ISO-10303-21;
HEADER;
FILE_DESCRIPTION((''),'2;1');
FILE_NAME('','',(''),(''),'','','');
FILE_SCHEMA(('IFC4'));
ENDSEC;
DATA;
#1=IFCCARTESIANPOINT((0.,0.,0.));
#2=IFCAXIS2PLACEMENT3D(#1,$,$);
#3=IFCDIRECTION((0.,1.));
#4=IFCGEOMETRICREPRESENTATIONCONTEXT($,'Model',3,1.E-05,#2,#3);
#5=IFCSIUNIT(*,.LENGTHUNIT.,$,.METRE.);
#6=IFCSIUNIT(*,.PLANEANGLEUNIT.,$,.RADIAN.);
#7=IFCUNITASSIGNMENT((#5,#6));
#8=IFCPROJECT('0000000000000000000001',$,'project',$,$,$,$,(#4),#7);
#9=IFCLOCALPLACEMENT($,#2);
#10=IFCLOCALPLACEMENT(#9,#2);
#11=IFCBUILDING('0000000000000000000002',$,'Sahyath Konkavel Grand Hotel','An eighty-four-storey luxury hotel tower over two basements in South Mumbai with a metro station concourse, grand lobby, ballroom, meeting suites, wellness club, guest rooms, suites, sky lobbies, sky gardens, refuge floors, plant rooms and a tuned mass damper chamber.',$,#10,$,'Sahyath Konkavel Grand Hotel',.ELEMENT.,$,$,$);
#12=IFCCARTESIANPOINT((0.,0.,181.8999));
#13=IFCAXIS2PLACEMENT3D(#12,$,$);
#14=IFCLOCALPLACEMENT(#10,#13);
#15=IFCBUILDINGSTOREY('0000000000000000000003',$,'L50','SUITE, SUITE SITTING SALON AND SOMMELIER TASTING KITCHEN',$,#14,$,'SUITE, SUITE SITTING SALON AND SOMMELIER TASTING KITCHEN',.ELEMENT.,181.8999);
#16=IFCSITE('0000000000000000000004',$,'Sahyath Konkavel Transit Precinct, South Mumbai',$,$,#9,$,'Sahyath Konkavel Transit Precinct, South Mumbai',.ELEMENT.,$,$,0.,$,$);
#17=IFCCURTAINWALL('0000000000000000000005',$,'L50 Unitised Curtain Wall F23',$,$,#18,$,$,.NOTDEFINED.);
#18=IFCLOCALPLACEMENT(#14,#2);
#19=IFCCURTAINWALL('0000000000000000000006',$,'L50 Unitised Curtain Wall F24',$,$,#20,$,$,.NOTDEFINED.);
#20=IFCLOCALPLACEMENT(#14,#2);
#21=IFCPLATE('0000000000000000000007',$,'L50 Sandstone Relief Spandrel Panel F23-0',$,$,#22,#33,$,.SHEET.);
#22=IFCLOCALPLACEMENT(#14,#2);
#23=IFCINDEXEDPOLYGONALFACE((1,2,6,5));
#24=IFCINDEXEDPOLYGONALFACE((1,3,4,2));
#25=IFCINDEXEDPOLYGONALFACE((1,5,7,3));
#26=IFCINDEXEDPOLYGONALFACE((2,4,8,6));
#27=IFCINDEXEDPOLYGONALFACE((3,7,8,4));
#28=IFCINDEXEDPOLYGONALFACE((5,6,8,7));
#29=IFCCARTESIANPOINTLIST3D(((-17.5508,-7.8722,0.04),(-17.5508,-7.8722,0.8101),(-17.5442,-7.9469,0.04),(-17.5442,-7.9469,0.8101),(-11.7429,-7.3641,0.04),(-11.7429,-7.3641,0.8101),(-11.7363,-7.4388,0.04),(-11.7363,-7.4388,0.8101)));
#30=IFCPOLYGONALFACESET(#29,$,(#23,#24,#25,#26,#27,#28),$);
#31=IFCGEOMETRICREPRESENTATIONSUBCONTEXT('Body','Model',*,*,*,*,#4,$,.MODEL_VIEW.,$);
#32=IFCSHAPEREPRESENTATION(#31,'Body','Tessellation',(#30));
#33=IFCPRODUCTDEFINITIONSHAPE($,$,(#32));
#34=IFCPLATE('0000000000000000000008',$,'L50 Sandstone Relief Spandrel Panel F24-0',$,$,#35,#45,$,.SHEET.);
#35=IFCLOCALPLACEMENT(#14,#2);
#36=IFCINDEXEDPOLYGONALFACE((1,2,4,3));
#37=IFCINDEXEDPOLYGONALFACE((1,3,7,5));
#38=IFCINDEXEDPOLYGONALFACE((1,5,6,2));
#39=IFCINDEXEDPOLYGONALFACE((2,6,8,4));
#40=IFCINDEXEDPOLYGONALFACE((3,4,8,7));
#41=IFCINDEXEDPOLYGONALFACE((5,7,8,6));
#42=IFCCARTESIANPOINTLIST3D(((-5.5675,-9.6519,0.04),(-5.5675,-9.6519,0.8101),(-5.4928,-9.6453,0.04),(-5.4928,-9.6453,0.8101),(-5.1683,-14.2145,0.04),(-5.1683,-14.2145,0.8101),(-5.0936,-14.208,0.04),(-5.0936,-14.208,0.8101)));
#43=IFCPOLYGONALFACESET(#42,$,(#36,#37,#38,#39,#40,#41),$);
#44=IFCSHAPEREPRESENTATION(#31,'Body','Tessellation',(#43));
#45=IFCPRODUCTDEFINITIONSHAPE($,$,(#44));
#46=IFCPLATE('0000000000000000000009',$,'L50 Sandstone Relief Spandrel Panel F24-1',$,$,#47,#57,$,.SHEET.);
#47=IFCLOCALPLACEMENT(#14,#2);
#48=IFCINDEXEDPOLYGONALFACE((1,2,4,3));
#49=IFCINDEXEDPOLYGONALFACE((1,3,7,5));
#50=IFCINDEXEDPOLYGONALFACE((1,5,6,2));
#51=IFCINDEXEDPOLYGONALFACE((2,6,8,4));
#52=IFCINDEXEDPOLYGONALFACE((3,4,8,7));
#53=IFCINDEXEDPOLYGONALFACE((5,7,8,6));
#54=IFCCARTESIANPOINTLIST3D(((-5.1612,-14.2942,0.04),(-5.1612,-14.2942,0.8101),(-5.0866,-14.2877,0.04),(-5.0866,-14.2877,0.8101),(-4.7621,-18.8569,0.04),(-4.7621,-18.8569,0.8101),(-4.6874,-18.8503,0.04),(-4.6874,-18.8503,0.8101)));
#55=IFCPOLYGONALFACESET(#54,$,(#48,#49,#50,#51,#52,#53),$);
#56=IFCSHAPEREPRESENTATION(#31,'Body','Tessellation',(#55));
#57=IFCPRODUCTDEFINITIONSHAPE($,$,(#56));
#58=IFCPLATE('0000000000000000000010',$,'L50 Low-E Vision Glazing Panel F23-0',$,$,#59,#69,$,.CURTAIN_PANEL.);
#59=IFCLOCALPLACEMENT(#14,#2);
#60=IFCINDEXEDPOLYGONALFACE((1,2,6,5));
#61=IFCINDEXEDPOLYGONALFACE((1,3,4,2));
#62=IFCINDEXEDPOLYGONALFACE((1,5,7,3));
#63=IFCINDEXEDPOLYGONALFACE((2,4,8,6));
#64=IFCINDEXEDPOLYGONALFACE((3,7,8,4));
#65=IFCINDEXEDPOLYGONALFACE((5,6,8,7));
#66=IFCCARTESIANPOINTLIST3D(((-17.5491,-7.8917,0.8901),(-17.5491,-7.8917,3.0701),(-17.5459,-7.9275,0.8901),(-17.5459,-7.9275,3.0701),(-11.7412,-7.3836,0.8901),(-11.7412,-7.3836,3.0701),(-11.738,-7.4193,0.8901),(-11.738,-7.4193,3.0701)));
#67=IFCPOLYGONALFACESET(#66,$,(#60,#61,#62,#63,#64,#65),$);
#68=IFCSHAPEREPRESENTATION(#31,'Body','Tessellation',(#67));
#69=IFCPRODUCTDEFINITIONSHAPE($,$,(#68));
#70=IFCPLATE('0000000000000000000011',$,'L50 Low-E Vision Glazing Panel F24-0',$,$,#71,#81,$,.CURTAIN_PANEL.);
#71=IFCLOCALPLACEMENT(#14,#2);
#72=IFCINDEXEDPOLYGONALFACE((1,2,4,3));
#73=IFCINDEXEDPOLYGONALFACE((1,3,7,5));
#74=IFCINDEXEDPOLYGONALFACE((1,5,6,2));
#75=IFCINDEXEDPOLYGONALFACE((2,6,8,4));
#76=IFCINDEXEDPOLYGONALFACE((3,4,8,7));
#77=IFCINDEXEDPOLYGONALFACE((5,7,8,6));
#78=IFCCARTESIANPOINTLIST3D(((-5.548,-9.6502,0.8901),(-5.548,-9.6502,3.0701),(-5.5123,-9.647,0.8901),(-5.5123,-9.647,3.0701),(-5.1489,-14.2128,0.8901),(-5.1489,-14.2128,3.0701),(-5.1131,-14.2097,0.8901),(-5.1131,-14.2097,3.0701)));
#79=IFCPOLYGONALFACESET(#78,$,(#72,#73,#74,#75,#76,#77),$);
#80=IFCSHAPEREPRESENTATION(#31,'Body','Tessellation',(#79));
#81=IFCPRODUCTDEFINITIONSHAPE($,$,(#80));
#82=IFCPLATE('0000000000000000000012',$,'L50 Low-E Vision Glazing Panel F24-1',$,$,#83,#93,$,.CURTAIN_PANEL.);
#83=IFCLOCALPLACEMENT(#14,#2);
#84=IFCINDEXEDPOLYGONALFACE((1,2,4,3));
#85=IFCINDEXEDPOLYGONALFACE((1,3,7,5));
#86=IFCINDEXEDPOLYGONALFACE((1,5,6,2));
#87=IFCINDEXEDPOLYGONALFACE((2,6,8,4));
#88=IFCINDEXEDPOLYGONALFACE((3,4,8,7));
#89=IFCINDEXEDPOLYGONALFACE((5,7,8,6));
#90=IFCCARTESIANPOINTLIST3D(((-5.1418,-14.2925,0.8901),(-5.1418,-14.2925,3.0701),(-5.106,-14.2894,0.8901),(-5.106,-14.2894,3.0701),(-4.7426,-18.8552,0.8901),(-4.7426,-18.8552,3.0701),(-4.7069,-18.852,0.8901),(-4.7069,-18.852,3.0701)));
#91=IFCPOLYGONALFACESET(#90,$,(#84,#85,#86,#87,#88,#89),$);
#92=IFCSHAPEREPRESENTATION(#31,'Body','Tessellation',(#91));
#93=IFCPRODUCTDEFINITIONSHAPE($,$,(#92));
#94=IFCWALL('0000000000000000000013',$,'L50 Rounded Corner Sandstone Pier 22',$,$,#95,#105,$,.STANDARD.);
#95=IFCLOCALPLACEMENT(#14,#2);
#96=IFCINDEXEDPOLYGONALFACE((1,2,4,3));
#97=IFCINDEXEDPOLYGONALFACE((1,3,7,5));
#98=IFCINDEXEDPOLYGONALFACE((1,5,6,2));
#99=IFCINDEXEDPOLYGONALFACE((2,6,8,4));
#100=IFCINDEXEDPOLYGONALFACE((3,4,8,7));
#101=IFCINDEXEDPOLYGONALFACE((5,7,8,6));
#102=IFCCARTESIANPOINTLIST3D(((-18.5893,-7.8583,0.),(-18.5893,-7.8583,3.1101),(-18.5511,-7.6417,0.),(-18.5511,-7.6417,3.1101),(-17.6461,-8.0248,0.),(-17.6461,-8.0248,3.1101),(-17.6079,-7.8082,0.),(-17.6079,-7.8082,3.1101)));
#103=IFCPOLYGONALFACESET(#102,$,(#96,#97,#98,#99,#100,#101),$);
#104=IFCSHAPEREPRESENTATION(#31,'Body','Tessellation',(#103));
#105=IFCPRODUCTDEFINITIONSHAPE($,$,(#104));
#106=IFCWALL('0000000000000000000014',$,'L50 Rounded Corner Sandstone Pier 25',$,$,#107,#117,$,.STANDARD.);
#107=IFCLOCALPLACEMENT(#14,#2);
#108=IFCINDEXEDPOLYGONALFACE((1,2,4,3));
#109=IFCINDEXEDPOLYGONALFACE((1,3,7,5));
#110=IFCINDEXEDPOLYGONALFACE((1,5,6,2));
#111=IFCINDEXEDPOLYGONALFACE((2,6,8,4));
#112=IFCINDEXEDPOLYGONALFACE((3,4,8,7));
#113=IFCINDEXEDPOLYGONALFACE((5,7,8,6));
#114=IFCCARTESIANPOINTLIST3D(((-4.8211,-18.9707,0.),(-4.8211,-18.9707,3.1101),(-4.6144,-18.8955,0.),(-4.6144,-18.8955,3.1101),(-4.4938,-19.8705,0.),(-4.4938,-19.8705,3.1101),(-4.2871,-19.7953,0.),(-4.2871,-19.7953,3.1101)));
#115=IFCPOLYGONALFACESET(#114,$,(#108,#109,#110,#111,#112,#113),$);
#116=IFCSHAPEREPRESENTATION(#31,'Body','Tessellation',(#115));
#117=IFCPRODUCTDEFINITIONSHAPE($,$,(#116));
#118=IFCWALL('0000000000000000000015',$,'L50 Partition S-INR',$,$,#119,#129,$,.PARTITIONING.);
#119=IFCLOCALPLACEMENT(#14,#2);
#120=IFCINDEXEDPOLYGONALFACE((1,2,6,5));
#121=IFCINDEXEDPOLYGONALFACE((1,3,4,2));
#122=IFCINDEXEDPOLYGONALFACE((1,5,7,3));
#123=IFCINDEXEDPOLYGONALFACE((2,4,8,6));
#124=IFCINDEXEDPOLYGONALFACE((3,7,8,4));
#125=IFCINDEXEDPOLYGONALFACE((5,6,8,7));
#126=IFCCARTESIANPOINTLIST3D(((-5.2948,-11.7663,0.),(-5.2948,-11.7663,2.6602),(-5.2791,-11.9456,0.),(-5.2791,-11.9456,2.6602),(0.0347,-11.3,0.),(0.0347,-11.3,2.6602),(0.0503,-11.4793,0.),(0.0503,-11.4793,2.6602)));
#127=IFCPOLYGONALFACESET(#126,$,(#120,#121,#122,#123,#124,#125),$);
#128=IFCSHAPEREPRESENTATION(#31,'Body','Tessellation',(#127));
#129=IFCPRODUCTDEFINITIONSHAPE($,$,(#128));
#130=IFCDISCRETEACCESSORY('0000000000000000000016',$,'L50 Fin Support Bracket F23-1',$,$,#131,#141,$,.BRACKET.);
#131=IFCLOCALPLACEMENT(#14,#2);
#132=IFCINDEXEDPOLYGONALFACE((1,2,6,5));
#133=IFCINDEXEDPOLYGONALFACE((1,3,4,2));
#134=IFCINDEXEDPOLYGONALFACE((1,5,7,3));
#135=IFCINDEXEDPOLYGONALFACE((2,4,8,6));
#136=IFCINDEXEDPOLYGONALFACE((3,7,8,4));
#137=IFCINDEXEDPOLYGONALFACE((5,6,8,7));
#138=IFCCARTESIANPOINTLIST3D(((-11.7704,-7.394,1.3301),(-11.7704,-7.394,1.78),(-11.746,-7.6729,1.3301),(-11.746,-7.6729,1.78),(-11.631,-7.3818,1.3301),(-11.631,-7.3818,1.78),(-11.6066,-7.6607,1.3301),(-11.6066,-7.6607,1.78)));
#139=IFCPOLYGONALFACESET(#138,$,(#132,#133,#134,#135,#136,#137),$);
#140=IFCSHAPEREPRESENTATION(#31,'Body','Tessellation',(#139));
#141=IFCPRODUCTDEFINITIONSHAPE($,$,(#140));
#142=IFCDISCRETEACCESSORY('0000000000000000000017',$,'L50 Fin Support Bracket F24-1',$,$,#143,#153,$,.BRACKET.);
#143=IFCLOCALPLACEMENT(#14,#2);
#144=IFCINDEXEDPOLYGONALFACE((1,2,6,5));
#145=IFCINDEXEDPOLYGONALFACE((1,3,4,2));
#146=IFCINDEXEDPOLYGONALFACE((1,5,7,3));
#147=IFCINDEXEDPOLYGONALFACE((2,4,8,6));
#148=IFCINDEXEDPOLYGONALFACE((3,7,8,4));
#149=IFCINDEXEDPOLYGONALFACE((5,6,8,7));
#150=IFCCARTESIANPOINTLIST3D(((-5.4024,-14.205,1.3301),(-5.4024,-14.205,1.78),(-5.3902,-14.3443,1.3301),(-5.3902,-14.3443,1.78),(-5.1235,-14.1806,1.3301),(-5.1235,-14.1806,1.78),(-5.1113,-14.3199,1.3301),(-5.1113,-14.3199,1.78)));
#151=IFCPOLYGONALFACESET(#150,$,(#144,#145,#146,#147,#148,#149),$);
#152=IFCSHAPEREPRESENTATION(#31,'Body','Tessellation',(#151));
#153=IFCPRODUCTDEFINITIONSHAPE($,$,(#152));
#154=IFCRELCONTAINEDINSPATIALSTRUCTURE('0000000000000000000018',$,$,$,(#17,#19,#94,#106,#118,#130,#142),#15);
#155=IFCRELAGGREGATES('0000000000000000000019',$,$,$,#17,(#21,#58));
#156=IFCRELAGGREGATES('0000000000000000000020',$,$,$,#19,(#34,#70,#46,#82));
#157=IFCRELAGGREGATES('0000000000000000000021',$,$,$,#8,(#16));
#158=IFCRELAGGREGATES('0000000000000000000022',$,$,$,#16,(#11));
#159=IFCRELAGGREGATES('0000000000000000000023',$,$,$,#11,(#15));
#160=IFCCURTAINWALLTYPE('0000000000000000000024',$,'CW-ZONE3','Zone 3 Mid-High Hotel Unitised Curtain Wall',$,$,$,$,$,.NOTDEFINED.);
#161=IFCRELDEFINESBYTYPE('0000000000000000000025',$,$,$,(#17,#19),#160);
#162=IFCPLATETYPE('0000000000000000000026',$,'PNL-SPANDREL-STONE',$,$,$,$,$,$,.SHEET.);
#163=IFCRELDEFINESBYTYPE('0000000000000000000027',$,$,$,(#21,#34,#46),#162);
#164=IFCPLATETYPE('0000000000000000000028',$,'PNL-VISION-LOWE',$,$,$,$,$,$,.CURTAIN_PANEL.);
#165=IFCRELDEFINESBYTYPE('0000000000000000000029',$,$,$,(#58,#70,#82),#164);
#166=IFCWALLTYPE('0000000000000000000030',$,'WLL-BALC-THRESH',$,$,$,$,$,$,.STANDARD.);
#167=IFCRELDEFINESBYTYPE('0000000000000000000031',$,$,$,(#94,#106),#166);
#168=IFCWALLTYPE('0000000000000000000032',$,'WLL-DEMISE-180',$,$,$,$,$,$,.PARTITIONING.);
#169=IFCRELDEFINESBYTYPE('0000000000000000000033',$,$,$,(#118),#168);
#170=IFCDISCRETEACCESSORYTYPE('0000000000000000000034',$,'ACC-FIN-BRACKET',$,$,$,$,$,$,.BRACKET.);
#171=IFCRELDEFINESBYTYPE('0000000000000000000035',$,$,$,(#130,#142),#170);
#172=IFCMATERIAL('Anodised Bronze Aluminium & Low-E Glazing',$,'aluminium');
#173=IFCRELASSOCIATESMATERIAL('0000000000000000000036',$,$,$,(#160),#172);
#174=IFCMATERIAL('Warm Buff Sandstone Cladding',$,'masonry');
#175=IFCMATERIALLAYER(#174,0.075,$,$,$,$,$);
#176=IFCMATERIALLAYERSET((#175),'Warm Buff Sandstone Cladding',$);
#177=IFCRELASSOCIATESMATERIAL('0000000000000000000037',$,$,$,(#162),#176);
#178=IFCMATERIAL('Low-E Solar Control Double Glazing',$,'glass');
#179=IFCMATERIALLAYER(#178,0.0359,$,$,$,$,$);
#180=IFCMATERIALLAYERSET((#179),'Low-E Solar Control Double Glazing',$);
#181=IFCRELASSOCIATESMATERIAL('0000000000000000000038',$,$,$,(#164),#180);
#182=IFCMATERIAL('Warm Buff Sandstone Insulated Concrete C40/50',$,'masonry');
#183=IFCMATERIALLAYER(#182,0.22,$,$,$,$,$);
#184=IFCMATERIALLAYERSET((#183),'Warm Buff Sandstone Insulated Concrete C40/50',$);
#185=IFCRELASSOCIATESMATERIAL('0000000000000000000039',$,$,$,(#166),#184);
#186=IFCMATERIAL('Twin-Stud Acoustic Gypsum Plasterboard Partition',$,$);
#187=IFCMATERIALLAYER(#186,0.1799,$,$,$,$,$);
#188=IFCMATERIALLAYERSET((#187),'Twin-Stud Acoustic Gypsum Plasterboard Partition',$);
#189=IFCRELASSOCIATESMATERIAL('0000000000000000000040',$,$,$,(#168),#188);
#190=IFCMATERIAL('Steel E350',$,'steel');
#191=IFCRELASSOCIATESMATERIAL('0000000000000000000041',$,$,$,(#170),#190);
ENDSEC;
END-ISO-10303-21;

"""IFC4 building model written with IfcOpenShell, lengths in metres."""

from ifc_helpers import new_model, si_unit, direction, frame, frame_2d, origin, origin_2d, place, context, subcontext, project, spatial, rectangle, extrude, source, transform, mapped, material, layer, layer_set, type_object, element, aggregate, save


model = new_model("IFC4")

# Units and contexts
model_context = context("Model", 3, precision=1e-05, world=origin(), true_north=direction((0.0, 1.0)))
body_context = subcontext(model_context, "Body", "Model", "MODEL_VIEW")
ifc_project = project(units=[si_unit("LENGTHUNIT", "METRE"), si_unit("PLANEANGLEUNIT", "RADIAN")], contexts=[model_context])

# Site, building, storey
site_placement = place(None, origin())
site = spatial("IfcSite", under=ifc_project, at=site_placement, Name="Sahyath Konkavel Transit Precinct, South Mumbai", LongName="Sahyath Konkavel Transit Precinct, South Mumbai", CompositionType="ELEMENT", RefElevation=0.0)
building_placement = place(site_placement, origin())
building = spatial("IfcBuilding", under=site, at=building_placement, Name="Sahyath Konkavel Grand Hotel", Description="An eighty-four-storey luxury hotel tower over two basements in South Mumbai with a metro station concourse, grand lobby, ballroom, meeting suites, wellness club, guest rooms, suites, sky lobbies, sky gardens, refuge floors, plant rooms and a tuned mass damper chamber.", LongName="Sahyath Konkavel Grand Hotel", CompositionType="ELEMENT")
storey_placement = place(building_placement, frame((0.0, 0.0, 181.8999)))
storey = spatial("IfcBuildingStorey", under=building, at=storey_placement, Name="L50", Description="SUITE, SUITE SITTING SALON AND SOMMELIER TASTING KITCHEN", LongName="SUITE, SUITE SITTING SALON AND SOMMELIER TASTING KITCHEN", CompositionType="ELEMENT", Elevation=181.8999)

# Curtain walls
ifc_material_1 = material(Name="Anodised Bronze Aluminium & Low-E Glazing", Category="aluminium")
curtain_wall_type = type_object("IfcCurtainWallType", Name="CW-ZONE3", Description="Zone 3 Mid-High Hotel Unitised Curtain Wall", PredefinedType="NOTDEFINED", material=ifc_material_1)
curtain_wall_1_placement = place(storey_placement, origin())
curtain_wall_1 = element("IfcCurtainWall", 1, at=curtain_wall_1_placement, inside=storey, type_object=curtain_wall_type, Name="L50 Unitised Curtain Wall F23", PredefinedType="NOTDEFINED")
curtain_wall_2_placement = place(storey_placement, origin())
curtain_wall_2 = element("IfcCurtainWall", 2, at=curtain_wall_2_placement, inside=storey, type_object=curtain_wall_type, Name="L50 Unitised Curtain Wall F24", PredefinedType="NOTDEFINED")

# Plates
ifc_material_2 = material(Name="Warm Buff Sandstone Cladding", Category="masonry")
ifc_layer_1 = layer(ifc_material_2, 0.075)
ifc_layer_set_1 = layer_set([ifc_layer_1], Name="Warm Buff Sandstone Cladding")
plate_type_1 = type_object("IfcPlateType", Name="PNL-SPANDREL-STONE", PredefinedType="SHEET", material=ifc_layer_set_1)
shared_shape_1 = source(origin(), body_context, "Body", "SweptSolid", [
    extrude(rectangle(XDim=5.8301, YDim=0.075, at=origin_2d()), origin(), (0.0, 0.0, 1.0), 0.77),
])
plate_1_placement = place(storey_placement, frame((-14.6436, -7.6555, 0.04), z_axis=(0.0, 0.0, 1.0), x_axis=(0.996195, 0.087156, 0.0)))
plate_1 = element("IfcPlate", 3, at=plate_1_placement, type_object=plate_type_1, Name="L50 Sandstone Relief Spandrel Panel F23-0", PredefinedType="SHEET", context=body_context, shape_type="MappedRepresentation", body=[
    mapped(shared_shape_1, transform((0.0, 0.0, 0.0), scale=1.0)),
])
shared_shape_2 = source(origin(), body_context, "Body", "SweptSolid", [
    extrude(rectangle(XDim=4.5801, YDim=0.075, at=origin_2d()), origin(), (0.0, 0.0, 1.0), 0.77),
])
plate_2_placement = place(storey_placement, frame((-5.3306, -11.9299, 0.04), z_axis=(0.0, 0.0, 1.0), x_axis=(0.087156, -0.996195, 0.0)))
plate_2 = element("IfcPlate", 4, at=plate_2_placement, type_object=plate_type_1, Name="L50 Sandstone Relief Spandrel Panel F24-0", PredefinedType="SHEET", context=body_context, shape_type="MappedRepresentation", body=[
    mapped(shared_shape_2, transform((0.0, 0.0, 0.0), scale=1.0)),
])
plate_3_placement = place(storey_placement, frame((-4.9243, -16.5723, 0.04), z_axis=(0.0, 0.0, 1.0), x_axis=(0.087156, -0.996195, 0.0)))
plate_3 = element("IfcPlate", 5, at=plate_3_placement, type_object=plate_type_1, Name="L50 Sandstone Relief Spandrel Panel F24-1", PredefinedType="SHEET", context=body_context, shape_type="MappedRepresentation", body=[
    mapped(shared_shape_2, transform((0.0, 0.0, 0.0), scale=1.0)),
])
ifc_material_3 = material(Name="Low-E Solar Control Double Glazing", Category="glass")
ifc_layer_2 = layer(ifc_material_3, 0.0359)
ifc_layer_set_2 = layer_set([ifc_layer_2], Name="Low-E Solar Control Double Glazing")
plate_type_2 = type_object("IfcPlateType", Name="PNL-VISION-LOWE", PredefinedType="CURTAIN_PANEL", material=ifc_layer_set_2)
shared_shape_3 = source(origin(), body_context, "Body", "SweptSolid", [
    extrude(rectangle(XDim=5.8301, YDim=0.0359, at=origin_2d()), origin(), (0.0, 0.0, 1.0), 2.1799),
])
plate_4_placement = place(storey_placement, frame((-14.6436, -7.6555, 0.8901), z_axis=(0.0, 0.0, 1.0), x_axis=(0.996195, 0.087156, 0.0)))
plate_4 = element("IfcPlate", 6, at=plate_4_placement, type_object=plate_type_2, Name="L50 Low-E Vision Glazing Panel F23-0", PredefinedType="CURTAIN_PANEL", context=body_context, shape_type="MappedRepresentation", body=[
    mapped(shared_shape_3, transform((0.0, 0.0, 0.0), scale=1.0)),
])
aggregate(curtain_wall_1, [plate_1, plate_4])
shared_shape_4 = source(origin(), body_context, "Body", "SweptSolid", [
    extrude(rectangle(XDim=4.5801, YDim=0.0359, at=origin_2d()), origin(), (0.0, 0.0, 1.0), 2.1799),
])
plate_5_placement = place(storey_placement, frame((-5.3306, -11.9299, 0.8901), z_axis=(0.0, 0.0, 1.0), x_axis=(0.087156, -0.996195, 0.0)))
plate_5 = element("IfcPlate", 7, at=plate_5_placement, type_object=plate_type_2, Name="L50 Low-E Vision Glazing Panel F24-0", PredefinedType="CURTAIN_PANEL", context=body_context, shape_type="MappedRepresentation", body=[
    mapped(shared_shape_4, transform((0.0, 0.0, 0.0), scale=1.0)),
])
plate_6_placement = place(storey_placement, frame((-4.9243, -16.5723, 0.8901), z_axis=(0.0, 0.0, 1.0), x_axis=(0.087156, -0.996195, 0.0)))
plate_6 = element("IfcPlate", 8, at=plate_6_placement, type_object=plate_type_2, Name="L50 Low-E Vision Glazing Panel F24-1", PredefinedType="CURTAIN_PANEL", context=body_context, shape_type="MappedRepresentation", body=[
    mapped(shared_shape_4, transform((0.0, 0.0, 0.0), scale=1.0)),
])
aggregate(curtain_wall_2, [plate_2, plate_5, plate_3, plate_6])

# Walls
ifc_material_4 = material(Name="Warm Buff Sandstone Insulated Concrete C40/50", Category="masonry")
ifc_layer_3 = layer(ifc_material_4, 0.22)
ifc_layer_set_3 = layer_set([ifc_layer_3], Name="Warm Buff Sandstone Insulated Concrete C40/50")
wall_type_1 = type_object("IfcWallType", Name="WLL-BALC-THRESH", PredefinedType="STANDARD", material=ifc_layer_set_3)
wall_1_placement = place(storey_placement, frame((-18.5703, -7.75, 0.0), z_axis=(0.0, 0.0, 1.0), x_axis=(0.984771, -0.173858, 0.0)))
element("IfcWall", 9, at=wall_1_placement, inside=storey, type_object=wall_type_1, Name="L50 Rounded Corner Sandstone Pier 22", PredefinedType="STANDARD", context=body_context, shape_type="SweptSolid", body=[
    extrude(rectangle(XDim=0.9578, YDim=0.22, at=frame_2d((0.479, 0.0))), origin(), (0.0, 0.0, 1.0), 3.1101),
])
wall_2_placement = place(storey_placement, frame((-4.7178, -18.9331, 0.0), z_axis=(0.0, 0.0, 1.0), x_axis=(0.341886, -0.939741, 0.0)))
element("IfcWall", 10, at=wall_2_placement, inside=storey, type_object=wall_type_1, Name="L50 Rounded Corner Sandstone Pier 25", PredefinedType="STANDARD", context=body_context, shape_type="SweptSolid", body=[
    extrude(rectangle(XDim=0.9575, YDim=0.22, at=frame_2d((0.4788, 0.0))), origin(), (0.0, 0.0, 1.0), 3.1101),
])
ifc_material_5 = material(Name="Twin-Stud Acoustic Gypsum Plasterboard Partition")
ifc_layer_4 = layer(ifc_material_5, 0.1799)
ifc_layer_set_4 = layer_set([ifc_layer_4], Name="Twin-Stud Acoustic Gypsum Plasterboard Partition")
wall_type_2 = type_object("IfcWallType", Name="WLL-DEMISE-180", PredefinedType="PARTITIONING", material=ifc_layer_set_4)
wall_3_placement = place(storey_placement, frame((-5.2869, -11.856, 0.0), z_axis=(0.0, 0.0, 1.0), x_axis=(0.996194, 0.087161, 0.0)))
element("IfcWall", 11, at=wall_3_placement, inside=storey, type_object=wall_type_2, Name="L50 Partition S-INR", PredefinedType="PARTITIONING", context=body_context, shape_type="SweptSolid", body=[
    extrude(rectangle(XDim=5.3499, YDim=0.1799, at=frame_2d((2.6748, 0.0))), origin(), (0.0, 0.0, 1.0), 2.6602),
])

# Discrete accessories
ifc_material_6 = material(Name="Steel E350", Category="steel")
discrete_accessory_type = type_object("IfcDiscreteAccessoryType", Name="ACC-FIN-BRACKET", PredefinedType="BRACKET", material=ifc_material_6)
shared_shape_5 = source(origin(), body_context, "Body", "SweptSolid", [
    extrude(rectangle(XDim=0.28, YDim=0.1399, at=origin_2d()), origin(), (0.0, 0.0, 1.0), 0.45),
])
for number, where, z_axis, x_axis, name in (
    (12, (-11.6885, -7.5273, 1.3301), (0.0, 0.0, 1.0), (0.087156, -0.996195, 0.0), "L50 Fin Support Bracket F23-1"),
    (13, (-5.2568, -14.2625, 1.3301), (0.0, 0.0, 1.0), (-0.996195, -0.087156, 0.0), "L50 Fin Support Bracket F24-1"),
):
    element("IfcDiscreteAccessory", number, at=place(storey_placement, frame(where, z_axis=z_axis, x_axis=x_axis)), inside=storey, type_object=discrete_accessory_type, Name=name, PredefinedType="BRACKET", context=body_context, shape_type="MappedRepresentation", body=[
        mapped(shared_shape_5, transform((0.0, 0.0, 0.0), scale=1.0)),
    ])

save(model, "model.ifc")
